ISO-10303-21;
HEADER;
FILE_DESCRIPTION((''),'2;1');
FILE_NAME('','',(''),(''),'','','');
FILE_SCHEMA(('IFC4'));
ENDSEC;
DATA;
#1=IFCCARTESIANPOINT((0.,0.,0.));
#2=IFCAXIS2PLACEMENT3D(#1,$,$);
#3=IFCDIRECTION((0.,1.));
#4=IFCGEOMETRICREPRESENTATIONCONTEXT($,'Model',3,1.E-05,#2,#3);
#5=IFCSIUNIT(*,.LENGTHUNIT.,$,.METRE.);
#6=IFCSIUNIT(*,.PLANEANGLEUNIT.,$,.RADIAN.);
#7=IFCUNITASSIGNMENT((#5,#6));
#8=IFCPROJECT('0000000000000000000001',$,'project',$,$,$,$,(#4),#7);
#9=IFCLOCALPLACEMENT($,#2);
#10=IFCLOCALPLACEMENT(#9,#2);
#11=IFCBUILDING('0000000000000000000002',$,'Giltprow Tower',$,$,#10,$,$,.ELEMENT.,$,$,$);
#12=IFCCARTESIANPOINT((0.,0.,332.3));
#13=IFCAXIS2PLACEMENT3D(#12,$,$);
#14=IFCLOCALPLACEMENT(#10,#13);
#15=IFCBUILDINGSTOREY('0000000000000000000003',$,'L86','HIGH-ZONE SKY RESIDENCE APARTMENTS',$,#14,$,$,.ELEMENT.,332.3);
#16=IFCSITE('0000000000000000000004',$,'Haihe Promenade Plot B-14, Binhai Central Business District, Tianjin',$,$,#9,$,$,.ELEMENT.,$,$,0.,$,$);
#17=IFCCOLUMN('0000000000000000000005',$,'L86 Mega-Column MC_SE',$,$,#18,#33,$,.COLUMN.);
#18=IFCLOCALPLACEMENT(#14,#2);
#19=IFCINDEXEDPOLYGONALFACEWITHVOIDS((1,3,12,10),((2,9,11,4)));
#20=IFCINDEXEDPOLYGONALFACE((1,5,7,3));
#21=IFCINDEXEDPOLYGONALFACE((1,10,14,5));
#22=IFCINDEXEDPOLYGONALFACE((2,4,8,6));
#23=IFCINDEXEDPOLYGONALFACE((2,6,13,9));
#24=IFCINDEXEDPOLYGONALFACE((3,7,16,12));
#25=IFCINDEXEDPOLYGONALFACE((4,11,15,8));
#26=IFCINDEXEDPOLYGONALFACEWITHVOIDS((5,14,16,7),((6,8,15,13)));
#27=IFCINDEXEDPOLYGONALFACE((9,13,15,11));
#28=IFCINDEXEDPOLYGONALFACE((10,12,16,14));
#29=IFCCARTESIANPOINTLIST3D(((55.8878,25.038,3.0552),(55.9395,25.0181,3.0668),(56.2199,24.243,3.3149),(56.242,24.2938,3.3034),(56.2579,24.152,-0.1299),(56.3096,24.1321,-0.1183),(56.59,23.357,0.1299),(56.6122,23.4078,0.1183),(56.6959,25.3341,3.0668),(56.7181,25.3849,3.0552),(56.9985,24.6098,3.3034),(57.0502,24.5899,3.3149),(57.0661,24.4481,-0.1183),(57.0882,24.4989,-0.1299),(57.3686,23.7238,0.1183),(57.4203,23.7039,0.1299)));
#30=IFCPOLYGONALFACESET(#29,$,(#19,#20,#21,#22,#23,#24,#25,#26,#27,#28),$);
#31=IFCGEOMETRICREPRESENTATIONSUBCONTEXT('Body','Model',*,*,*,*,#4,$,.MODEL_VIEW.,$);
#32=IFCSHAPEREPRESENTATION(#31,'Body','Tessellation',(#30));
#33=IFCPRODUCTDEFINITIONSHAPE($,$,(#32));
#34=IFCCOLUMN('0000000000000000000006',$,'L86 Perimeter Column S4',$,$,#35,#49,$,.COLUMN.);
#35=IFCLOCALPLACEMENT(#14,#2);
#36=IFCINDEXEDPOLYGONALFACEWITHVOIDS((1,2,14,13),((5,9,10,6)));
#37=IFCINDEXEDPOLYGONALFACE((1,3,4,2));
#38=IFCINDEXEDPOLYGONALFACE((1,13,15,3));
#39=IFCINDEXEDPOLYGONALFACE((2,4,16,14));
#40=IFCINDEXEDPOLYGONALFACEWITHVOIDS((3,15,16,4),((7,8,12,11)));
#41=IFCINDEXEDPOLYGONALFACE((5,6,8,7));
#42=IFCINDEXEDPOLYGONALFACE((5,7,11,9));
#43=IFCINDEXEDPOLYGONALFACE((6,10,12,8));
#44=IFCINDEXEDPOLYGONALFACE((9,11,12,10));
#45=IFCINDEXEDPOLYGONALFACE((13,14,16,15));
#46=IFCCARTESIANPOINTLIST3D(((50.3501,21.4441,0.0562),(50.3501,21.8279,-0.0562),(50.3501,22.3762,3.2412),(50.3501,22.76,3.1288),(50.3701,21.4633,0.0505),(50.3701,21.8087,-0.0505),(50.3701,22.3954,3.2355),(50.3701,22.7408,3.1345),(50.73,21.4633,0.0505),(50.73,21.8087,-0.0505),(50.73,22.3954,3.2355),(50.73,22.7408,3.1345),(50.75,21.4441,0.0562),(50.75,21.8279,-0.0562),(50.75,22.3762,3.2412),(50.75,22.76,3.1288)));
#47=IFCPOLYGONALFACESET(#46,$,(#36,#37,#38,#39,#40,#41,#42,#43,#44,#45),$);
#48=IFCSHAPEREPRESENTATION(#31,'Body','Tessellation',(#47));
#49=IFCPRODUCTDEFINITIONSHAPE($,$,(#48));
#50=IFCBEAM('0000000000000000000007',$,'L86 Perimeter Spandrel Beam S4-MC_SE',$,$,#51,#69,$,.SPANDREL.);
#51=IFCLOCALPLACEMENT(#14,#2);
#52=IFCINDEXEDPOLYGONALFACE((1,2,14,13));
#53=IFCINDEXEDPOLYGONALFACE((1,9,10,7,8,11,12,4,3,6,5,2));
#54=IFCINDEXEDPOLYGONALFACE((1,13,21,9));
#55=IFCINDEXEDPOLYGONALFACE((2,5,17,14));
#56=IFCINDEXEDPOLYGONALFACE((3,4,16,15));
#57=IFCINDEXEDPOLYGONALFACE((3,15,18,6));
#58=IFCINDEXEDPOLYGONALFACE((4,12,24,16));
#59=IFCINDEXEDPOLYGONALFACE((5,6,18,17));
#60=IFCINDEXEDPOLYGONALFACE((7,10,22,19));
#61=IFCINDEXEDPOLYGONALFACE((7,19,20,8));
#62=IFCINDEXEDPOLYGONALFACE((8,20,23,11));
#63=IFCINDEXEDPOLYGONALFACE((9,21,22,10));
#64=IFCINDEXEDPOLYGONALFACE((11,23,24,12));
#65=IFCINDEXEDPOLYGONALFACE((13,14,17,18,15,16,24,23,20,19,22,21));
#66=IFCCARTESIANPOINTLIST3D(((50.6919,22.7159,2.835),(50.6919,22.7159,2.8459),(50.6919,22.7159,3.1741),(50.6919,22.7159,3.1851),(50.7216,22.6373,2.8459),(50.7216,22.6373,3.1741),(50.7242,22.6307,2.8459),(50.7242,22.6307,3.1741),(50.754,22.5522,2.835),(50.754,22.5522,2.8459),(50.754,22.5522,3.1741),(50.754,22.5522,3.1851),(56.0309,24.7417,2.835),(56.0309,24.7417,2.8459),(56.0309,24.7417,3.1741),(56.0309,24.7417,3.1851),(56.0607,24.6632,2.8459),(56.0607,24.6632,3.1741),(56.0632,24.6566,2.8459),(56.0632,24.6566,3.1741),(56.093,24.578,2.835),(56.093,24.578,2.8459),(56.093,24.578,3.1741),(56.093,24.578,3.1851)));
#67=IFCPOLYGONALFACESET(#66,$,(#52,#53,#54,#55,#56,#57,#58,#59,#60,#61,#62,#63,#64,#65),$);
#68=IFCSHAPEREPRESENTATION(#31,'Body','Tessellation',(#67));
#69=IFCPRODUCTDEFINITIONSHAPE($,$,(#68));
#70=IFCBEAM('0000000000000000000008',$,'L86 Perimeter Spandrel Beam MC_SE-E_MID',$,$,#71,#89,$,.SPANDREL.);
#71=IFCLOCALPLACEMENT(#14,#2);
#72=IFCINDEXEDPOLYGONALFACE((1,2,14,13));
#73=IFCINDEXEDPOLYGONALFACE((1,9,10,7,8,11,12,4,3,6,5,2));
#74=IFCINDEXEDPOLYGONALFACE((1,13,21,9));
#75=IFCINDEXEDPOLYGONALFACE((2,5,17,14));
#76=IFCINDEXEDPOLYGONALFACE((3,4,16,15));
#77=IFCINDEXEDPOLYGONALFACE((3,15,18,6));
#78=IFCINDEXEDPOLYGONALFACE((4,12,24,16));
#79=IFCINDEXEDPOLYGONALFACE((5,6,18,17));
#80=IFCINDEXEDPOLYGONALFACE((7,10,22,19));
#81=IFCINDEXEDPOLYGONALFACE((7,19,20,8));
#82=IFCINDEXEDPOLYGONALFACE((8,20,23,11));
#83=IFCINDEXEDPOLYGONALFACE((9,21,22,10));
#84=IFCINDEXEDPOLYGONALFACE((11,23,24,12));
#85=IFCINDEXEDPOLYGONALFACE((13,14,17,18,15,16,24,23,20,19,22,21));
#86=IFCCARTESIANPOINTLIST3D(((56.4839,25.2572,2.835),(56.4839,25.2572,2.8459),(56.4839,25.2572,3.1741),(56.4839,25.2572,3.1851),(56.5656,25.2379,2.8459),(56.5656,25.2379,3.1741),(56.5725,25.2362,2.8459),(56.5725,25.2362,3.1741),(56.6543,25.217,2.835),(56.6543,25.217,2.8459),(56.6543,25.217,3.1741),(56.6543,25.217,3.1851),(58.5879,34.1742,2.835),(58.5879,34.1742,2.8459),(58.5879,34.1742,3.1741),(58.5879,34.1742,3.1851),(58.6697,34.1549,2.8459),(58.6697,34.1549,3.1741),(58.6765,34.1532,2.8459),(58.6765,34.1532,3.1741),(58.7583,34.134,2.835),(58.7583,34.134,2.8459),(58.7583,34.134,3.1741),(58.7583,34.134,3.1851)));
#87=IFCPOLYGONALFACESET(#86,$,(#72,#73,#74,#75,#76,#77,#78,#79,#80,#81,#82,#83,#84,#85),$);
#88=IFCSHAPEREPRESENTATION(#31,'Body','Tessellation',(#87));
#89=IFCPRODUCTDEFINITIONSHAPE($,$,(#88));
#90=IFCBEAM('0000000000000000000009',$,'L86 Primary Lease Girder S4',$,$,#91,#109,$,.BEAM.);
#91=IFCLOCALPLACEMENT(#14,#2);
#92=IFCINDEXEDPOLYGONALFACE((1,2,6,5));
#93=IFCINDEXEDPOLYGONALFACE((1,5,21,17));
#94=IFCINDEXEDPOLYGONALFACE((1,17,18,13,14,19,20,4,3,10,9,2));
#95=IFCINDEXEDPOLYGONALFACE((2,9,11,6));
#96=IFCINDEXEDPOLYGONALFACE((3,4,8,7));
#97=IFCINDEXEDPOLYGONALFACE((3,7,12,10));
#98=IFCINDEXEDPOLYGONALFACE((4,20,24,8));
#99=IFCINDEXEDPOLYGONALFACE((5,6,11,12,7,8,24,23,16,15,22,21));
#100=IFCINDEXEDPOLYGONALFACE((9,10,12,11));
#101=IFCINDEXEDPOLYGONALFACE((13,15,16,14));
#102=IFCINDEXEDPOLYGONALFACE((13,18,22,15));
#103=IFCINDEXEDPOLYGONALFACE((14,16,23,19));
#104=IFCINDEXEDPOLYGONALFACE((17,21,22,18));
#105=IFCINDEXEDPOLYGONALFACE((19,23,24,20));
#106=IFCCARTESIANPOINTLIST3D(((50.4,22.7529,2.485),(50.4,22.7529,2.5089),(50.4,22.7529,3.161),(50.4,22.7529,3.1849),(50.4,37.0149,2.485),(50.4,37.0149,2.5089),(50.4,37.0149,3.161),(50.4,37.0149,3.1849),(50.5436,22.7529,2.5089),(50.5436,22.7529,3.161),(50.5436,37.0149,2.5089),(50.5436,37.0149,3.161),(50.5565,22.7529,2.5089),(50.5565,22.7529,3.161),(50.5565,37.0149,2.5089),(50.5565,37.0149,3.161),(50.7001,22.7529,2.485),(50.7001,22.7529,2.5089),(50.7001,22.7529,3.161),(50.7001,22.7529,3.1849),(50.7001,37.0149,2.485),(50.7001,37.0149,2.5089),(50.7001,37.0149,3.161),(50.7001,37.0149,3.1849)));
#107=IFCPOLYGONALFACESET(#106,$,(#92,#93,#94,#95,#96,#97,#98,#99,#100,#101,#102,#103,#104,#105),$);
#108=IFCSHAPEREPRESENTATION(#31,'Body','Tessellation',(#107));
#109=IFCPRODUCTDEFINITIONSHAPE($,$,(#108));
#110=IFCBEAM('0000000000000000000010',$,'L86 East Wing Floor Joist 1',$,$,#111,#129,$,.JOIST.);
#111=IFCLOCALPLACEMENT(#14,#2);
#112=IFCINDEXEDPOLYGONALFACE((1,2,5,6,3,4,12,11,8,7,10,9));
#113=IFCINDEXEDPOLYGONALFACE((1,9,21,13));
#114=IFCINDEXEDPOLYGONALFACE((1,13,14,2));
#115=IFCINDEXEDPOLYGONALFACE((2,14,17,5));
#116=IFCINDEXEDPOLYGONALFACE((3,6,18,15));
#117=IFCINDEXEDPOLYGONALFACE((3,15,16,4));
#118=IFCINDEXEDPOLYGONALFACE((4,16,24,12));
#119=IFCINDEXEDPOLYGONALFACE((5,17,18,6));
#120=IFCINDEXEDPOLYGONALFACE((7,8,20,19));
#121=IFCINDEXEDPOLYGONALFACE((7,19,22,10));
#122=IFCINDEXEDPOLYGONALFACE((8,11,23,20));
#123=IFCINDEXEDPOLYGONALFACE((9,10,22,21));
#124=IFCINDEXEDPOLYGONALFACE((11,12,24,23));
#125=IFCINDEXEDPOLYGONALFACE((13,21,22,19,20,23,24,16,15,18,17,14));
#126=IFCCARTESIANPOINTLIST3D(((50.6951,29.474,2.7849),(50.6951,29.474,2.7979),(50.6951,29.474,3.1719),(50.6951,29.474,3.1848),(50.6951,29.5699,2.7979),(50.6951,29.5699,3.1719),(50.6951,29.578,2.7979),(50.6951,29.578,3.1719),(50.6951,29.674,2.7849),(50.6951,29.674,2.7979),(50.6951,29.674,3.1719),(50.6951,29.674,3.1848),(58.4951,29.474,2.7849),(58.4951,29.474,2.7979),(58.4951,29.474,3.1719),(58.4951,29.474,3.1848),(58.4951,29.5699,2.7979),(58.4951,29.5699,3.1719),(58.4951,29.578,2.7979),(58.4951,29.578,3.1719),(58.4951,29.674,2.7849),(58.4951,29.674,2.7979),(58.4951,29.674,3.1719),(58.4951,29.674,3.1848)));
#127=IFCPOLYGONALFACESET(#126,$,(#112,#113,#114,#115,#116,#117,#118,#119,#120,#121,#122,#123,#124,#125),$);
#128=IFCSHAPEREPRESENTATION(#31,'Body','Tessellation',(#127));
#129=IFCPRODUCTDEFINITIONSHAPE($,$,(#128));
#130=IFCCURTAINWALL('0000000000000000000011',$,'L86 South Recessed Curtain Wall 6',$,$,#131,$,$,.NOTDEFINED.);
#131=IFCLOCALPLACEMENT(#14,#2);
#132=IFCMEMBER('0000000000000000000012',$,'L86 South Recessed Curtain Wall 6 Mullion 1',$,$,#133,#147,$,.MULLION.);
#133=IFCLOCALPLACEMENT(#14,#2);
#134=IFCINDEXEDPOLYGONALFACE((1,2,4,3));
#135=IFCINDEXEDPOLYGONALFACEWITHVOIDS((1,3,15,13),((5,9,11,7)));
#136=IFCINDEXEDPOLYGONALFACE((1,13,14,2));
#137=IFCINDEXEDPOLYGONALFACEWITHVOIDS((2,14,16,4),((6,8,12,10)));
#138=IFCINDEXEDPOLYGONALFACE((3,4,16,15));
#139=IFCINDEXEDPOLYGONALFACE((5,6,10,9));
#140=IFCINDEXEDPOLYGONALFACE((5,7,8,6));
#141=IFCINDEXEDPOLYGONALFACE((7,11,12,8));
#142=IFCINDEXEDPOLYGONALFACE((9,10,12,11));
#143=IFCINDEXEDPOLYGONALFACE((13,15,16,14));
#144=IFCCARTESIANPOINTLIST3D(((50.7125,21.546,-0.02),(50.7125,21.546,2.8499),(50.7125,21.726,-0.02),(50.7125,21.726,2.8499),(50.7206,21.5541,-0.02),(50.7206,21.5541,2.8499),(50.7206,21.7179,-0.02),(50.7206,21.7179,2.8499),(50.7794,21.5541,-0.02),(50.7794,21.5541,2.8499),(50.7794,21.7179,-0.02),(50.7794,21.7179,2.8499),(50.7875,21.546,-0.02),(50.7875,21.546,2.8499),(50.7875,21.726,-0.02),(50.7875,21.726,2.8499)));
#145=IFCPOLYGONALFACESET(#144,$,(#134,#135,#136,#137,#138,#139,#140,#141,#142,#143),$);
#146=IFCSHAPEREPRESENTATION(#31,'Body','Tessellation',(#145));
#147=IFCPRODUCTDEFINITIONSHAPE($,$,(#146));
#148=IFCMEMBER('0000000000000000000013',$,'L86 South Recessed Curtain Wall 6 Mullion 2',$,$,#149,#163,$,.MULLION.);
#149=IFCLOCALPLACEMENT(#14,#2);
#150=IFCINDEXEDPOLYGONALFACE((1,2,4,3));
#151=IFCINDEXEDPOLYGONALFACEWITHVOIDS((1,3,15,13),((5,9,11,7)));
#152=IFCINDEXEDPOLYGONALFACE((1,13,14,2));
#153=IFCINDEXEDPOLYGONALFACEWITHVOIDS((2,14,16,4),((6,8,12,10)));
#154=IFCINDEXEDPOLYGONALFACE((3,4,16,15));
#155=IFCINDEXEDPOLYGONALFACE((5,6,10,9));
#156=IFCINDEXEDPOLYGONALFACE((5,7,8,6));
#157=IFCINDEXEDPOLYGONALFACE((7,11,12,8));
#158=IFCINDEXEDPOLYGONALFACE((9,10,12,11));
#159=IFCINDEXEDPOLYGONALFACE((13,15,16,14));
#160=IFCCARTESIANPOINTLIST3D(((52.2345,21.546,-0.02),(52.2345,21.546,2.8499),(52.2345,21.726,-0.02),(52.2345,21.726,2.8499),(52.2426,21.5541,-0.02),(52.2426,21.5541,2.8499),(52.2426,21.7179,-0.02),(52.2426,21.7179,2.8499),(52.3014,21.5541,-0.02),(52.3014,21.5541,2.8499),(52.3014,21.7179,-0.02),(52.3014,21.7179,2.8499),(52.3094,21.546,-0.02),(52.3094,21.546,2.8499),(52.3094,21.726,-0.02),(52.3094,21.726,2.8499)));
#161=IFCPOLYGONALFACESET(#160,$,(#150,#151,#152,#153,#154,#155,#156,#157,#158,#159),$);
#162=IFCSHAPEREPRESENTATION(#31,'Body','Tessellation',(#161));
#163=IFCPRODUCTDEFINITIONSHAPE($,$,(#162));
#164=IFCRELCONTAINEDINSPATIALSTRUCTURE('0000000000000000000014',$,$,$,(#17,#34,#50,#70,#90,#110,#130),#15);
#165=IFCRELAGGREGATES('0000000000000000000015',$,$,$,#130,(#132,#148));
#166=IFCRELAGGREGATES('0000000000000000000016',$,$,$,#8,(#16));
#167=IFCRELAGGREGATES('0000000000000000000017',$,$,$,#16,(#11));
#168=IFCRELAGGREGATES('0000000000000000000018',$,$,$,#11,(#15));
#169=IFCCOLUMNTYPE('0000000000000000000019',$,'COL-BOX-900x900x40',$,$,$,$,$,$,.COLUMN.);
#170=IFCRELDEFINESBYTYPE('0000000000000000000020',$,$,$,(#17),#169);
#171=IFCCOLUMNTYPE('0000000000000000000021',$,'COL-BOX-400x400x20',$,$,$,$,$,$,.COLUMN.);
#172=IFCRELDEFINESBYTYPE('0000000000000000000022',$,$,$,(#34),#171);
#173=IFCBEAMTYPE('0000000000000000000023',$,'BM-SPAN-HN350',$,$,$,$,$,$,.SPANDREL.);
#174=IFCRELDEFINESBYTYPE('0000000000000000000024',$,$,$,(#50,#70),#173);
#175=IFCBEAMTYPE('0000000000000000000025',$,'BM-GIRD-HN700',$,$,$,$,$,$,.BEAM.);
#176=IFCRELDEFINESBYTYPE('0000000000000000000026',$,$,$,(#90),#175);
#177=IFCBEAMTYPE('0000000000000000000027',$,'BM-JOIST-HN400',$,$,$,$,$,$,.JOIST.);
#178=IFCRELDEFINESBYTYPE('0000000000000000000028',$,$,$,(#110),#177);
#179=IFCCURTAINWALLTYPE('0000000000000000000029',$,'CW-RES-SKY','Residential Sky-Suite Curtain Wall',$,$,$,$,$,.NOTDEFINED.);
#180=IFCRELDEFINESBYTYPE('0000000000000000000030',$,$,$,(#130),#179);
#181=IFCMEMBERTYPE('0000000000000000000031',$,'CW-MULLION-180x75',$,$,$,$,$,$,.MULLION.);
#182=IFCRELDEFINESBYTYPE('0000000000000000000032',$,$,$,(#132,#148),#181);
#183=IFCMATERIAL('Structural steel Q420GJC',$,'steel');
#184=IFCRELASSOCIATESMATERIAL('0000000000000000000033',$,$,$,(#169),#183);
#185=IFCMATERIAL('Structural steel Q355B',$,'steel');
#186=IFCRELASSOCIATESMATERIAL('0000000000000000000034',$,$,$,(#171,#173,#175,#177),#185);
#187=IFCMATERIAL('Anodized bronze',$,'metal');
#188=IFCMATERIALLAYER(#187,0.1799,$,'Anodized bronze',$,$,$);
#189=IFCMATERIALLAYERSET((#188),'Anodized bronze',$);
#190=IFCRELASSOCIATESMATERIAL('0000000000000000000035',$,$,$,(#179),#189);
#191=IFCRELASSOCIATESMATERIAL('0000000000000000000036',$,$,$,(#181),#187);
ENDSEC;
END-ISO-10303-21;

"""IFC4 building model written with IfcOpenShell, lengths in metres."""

from ifc_helpers import new_model, si_unit, direction, frame, origin, origin_2d, place, context, subcontext, project, spatial, hollow_rectangle, i_section, extrude, source, transform, mapped, material, layer, layer_set, material_profile, profile_set, type_object, element, aggregate, save


model = new_model("IFC4")

# Units and contexts
model_context = context("Model", 3, precision=1e-05, world=origin(), true_north=direction((0.0, 1.0)))
body_context = subcontext(model_context, "Body", "Model", "MODEL_VIEW")
ifc_project = project(units=[si_unit("LENGTHUNIT", "METRE"), si_unit("PLANEANGLEUNIT", "RADIAN")], contexts=[model_context])

# Site, building, storey
site_placement = place(None, origin())
site = spatial("IfcSite", under=ifc_project, at=site_placement, Name="Haihe Promenade Plot B-14, Binhai Central Business District, Tianjin", CompositionType="ELEMENT", RefElevation=0.0)
building_placement = place(site_placement, origin())
building = spatial("IfcBuilding", under=site, at=building_placement, Name="Giltprow Tower", CompositionType="ELEMENT")
storey_placement = place(building_placement, frame((0.0, 0.0, 332.3)))
storey = spatial("IfcBuildingStorey", under=building, at=storey_placement, Name="L86", Description="HIGH-ZONE SKY RESIDENCE APARTMENTS", CompositionType="ELEMENT", Elevation=332.3)

# Columns
ifc_material_1 = material(Name="Structural steel Q420GJC", Category="steel")
ifc_material_profile_1 = material_profile(ifc_material_1, hollow_rectangle(XDim=0.8999, YDim=0.8999, WallThickness=0.04, at=origin_2d()), Name="BOX 900x900x40")
ifc_profile_set_1 = profile_set([ifc_material_profile_1], Name="Structural steel Q420GJC")
column_type_1 = type_object("IfcColumnType", Name="COL-BOX-900x900x40", PredefinedType="COLUMN", material=ifc_profile_set_1)
shared_shape_1 = source(origin(), body_context, "Body", "SweptSolid", [
    extrude(hollow_rectangle(XDim=0.8999, YDim=0.8999, WallThickness=0.04, at=origin_2d()), origin(), (0.0, 0.0, 1.0), 3.3267),
])
column_1_placement = place(storey_placement, frame((56.8391, 23.928, 0.0), z_axis=(-0.111258, 0.26633, 0.957439), x_axis=(-0.922723, -0.385464, 0.0)))
element("IfcColumn", 1, at=column_1_placement, inside=storey, type_object=column_type_1, Name="L86 Mega-Column MC_SE", PredefinedType="COLUMN", context=body_context, shape_type="MappedRepresentation", body=[
    mapped(shared_shape_1, transform((0.0, 0.0, 0.0), x_axis=(1.0, 0.0, 0.0), y_axis=(0.0, 1.0, 0.0), z_axis=(0.0, 0.0, 1.0), scale=1.0)),
])
ifc_material_2 = material(Name="Structural steel Q355B", Category="steel")
ifc_material_profile_2 = material_profile(ifc_material_2, hollow_rectangle(XDim=0.3999, YDim=0.3999, WallThickness=0.02, at=origin_2d()), Name="BOX 400x400x20")
ifc_profile_set_2 = profile_set([ifc_material_profile_2], Name="Structural steel Q355B")
column_type_2 = type_object("IfcColumnType", Name="COL-BOX-400x400x20", PredefinedType="COLUMN", material=ifc_profile_set_2)
shared_shape_2 = source(origin(), body_context, "Body", "SweptSolid", [
    extrude(hollow_rectangle(XDim=0.3999, YDim=0.3999, WallThickness=0.02, at=origin_2d()), origin(), (0.0, 0.0, 1.0), 3.3186),
])
column_2_placement = place(storey_placement, frame((50.55, 21.636, 0.0), z_axis=(0.0, 0.280876, 0.959744), x_axis=(-1.0, 0.0, 0.0)))
element("IfcColumn", 2, at=column_2_placement, inside=storey, type_object=column_type_2, Name="L86 Perimeter Column S4", PredefinedType="COLUMN", context=body_context, shape_type="MappedRepresentation", body=[
    mapped(shared_shape_2, transform((0.0, 0.0, 0.0), x_axis=(1.0, 0.0, 0.0), y_axis=(0.0, 1.0, 0.0), z_axis=(0.0, 0.0, 1.0), scale=1.0)),
])

# Beams
ifc_material_profile_3 = material_profile(ifc_material_2, i_section(OverallWidth=0.175, OverallDepth=0.3501, WebThickness=0.0071, FlangeThickness=0.011, at=origin_2d()), Name="HN 350x175x7x11")
ifc_profile_set_3 = profile_set([ifc_material_profile_3], Name="Structural steel Q355B")
beam_type_1 = type_object("IfcBeamType", Name="BM-SPAN-HN350", PredefinedType="SPANDREL", material=ifc_profile_set_3)
shared_shape_3 = source(origin(), body_context, "Body", "SweptSolid", [
    extrude(i_section(OverallWidth=0.175, OverallDepth=0.3501, WebThickness=0.0071, FlangeThickness=0.011, at=origin_2d()), origin(), (0.0, 0.0, 1.0), 5.7104),
])
beam_1_placement = place(storey_placement, frame((50.7229, 22.634, 3.01), z_axis=(0.934957, 0.354761, 0.0), x_axis=(-0.354761, 0.934957, 0.0)))
element("IfcBeam", 3, at=beam_1_placement, inside=storey, type_object=beam_type_1, Name="L86 Perimeter Spandrel Beam S4-MC_SE", PredefinedType="SPANDREL", context=body_context, shape_type="MappedRepresentation", body=[
    mapped(shared_shape_3, transform((0.0, 0.0, 0.0), x_axis=(1.0, 0.0, 0.0), y_axis=(0.0, 1.0, 0.0), z_axis=(0.0, 0.0, 1.0), scale=1.0)),
])
shared_shape_4 = source(origin(), body_context, "Body", "SweptSolid", [
    extrude(i_section(OverallWidth=0.175, OverallDepth=0.3501, WebThickness=0.0071, FlangeThickness=0.011, at=origin_2d()), origin(), (0.0, 0.0, 1.0), 9.1619),
])
beam_2_placement = place(storey_placement, frame((56.5691, 25.2371, 3.01), z_axis=(0.229648, 0.973274, 0.0), x_axis=(-0.973274, 0.229648, 0.0)))
element("IfcBeam", 4, at=beam_2_placement, inside=storey, type_object=beam_type_1, Name="L86 Perimeter Spandrel Beam MC_SE-E_MID", PredefinedType="SPANDREL", context=body_context, shape_type="MappedRepresentation", body=[
    mapped(shared_shape_4, transform((0.0, 0.0, 0.0), x_axis=(1.0, 0.0, 0.0), y_axis=(0.0, 1.0, 0.0), z_axis=(0.0, 0.0, 1.0), scale=1.0)),
])
ifc_material_profile_4 = material_profile(ifc_material_2, i_section(OverallWidth=0.3, OverallDepth=0.7, WebThickness=0.0129, FlangeThickness=0.0239, at=origin_2d()), Name="HN 700x300x13x24")
ifc_profile_set_4 = profile_set([ifc_material_profile_4], Name="Structural steel Q355B")
beam_type_2 = type_object("IfcBeamType", Name="BM-GIRD-HN700", PredefinedType="BEAM", material=ifc_profile_set_4)
shared_shape_5 = source(origin(), body_context, "Body", "SweptSolid", [
    extrude(i_section(OverallWidth=0.3, OverallDepth=0.7, WebThickness=0.0129, FlangeThickness=0.0239, at=origin_2d()), origin(), (0.0, 0.0, 1.0), 14.262),
])
beam_3_placement = place(storey_placement, frame((50.55, 22.7529, 2.835), z_axis=(0.0, 1.0, 0.0), x_axis=(-1.0, 0.0, 0.0)))
element("IfcBeam", 5, at=beam_3_placement, inside=storey, type_object=beam_type_2, Name="L86 Primary Lease Girder S4", PredefinedType="BEAM", context=body_context, shape_type="MappedRepresentation", body=[
    mapped(shared_shape_5, transform((0.0, 0.0, 0.0), x_axis=(1.0, 0.0, 0.0), y_axis=(0.0, 1.0, 0.0), z_axis=(0.0, 0.0, 1.0), scale=1.0)),
])
ifc_material_profile_5 = material_profile(ifc_material_2, i_section(OverallWidth=0.2, OverallDepth=0.3999, WebThickness=0.0081, FlangeThickness=0.0129, at=origin_2d()), Name="HN 400x200x8x13")
ifc_profile_set_5 = profile_set([ifc_material_profile_5], Name="Structural steel Q355B")
beam_type_3 = type_object("IfcBeamType", Name="BM-JOIST-HN400", PredefinedType="JOIST", material=ifc_profile_set_5)
shared_shape_6 = source(origin(), body_context, "Body", "SweptSolid", [
    extrude(i_section(OverallWidth=0.2, OverallDepth=0.3999, WebThickness=0.0081, FlangeThickness=0.0129, at=origin_2d()), origin(), (0.0, 0.0, 1.0), 7.8),
])
beam_4_placement = place(storey_placement, frame((50.6951, 29.574, 2.9849), z_axis=(1.0, 0.0, 0.0), x_axis=(0.0, 1.0, 0.0)))
element("IfcBeam", 6, at=beam_4_placement, inside=storey, type_object=beam_type_3, Name="L86 East Wing Floor Joist 1", PredefinedType="JOIST", context=body_context, shape_type="MappedRepresentation", body=[
    mapped(shared_shape_6, transform((0.0, 0.0, 0.0), x_axis=(1.0, 0.0, 0.0), y_axis=(0.0, 1.0, 0.0), z_axis=(0.0, 0.0, 1.0), scale=1.0)),
])

# Curtain wall, members
ifc_material_3 = material(Name="Anodized bronze", Category="metal")
ifc_layer_1 = layer(ifc_material_3, 0.1799, Name="Anodized bronze")
ifc_layer_set_1 = layer_set([ifc_layer_1], Name="Anodized bronze")
curtain_wall_type = type_object("IfcCurtainWallType", Name="CW-RES-SKY", Description="Residential Sky-Suite Curtain Wall", PredefinedType="NOTDEFINED", material=ifc_layer_set_1)
curtain_wall_placement = place(storey_placement, origin())
curtain_wall = element("IfcCurtainWall", 7, at=curtain_wall_placement, inside=storey, type_object=curtain_wall_type, Name="L86 South Recessed Curtain Wall 6", PredefinedType="NOTDEFINED")
ifc_material_profile_6 = material_profile(ifc_material_3, hollow_rectangle(XDim=0.075, YDim=0.1799, WallThickness=0.0081, at=origin_2d()), Name="RHS 180x75x8")
ifc_profile_set_6 = profile_set([ifc_material_profile_6], Name="Anodized bronze")
member_type_1 = type_object("IfcMemberType", Name="CW-MULLION-180x75", PredefinedType="MULLION", material=ifc_profile_set_6)
shared_shape_7 = source(origin(), body_context, "Body", "SweptSolid", [
    extrude(hollow_rectangle(XDim=0.075, YDim=0.1799, WallThickness=0.0081, at=origin_2d()), origin(), (0.0, 0.0, 1.0), 2.8699),
])
member_1_placement = place(storey_placement, frame((50.75, 21.636, -0.02), z_axis=(0.0, 0.0, 1.0), x_axis=(1.0, 0.0, 0.0)))
member_1 = element("IfcMember", 8, at=member_1_placement, type_object=member_type_1, Name="L86 South Recessed Curtain Wall 6 Mullion 1", PredefinedType="MULLION", context=body_context, shape_type="MappedRepresentation", body=[
    mapped(shared_shape_7, transform((0.0, 0.0, 0.0), x_axis=(1.0, 0.0, 0.0), y_axis=(0.0, 1.0, 0.0), z_axis=(0.0, 0.0, 1.0), scale=1.0)),
])
member_2_placement = place(storey_placement, frame((52.272, 21.636, -0.02), z_axis=(0.0, 0.0, 1.0), x_axis=(1.0, 0.0, 0.0)))
member_2 = element("IfcMember", 9, at=member_2_placement, type_object=member_type_1, Name="L86 South Recessed Curtain Wall 6 Mullion 2", PredefinedType="MULLION", context=body_context, shape_type="MappedRepresentation", body=[
    mapped(shared_shape_7, transform((0.0, 0.0, 0.0), x_axis=(1.0, 0.0, 0.0), y_axis=(0.0, 1.0, 0.0), z_axis=(0.0, 0.0, 1.0), scale=1.0)),
])

aggregate(curtain_wall, [member_1, member_2])

save(model, "model.ifc")
